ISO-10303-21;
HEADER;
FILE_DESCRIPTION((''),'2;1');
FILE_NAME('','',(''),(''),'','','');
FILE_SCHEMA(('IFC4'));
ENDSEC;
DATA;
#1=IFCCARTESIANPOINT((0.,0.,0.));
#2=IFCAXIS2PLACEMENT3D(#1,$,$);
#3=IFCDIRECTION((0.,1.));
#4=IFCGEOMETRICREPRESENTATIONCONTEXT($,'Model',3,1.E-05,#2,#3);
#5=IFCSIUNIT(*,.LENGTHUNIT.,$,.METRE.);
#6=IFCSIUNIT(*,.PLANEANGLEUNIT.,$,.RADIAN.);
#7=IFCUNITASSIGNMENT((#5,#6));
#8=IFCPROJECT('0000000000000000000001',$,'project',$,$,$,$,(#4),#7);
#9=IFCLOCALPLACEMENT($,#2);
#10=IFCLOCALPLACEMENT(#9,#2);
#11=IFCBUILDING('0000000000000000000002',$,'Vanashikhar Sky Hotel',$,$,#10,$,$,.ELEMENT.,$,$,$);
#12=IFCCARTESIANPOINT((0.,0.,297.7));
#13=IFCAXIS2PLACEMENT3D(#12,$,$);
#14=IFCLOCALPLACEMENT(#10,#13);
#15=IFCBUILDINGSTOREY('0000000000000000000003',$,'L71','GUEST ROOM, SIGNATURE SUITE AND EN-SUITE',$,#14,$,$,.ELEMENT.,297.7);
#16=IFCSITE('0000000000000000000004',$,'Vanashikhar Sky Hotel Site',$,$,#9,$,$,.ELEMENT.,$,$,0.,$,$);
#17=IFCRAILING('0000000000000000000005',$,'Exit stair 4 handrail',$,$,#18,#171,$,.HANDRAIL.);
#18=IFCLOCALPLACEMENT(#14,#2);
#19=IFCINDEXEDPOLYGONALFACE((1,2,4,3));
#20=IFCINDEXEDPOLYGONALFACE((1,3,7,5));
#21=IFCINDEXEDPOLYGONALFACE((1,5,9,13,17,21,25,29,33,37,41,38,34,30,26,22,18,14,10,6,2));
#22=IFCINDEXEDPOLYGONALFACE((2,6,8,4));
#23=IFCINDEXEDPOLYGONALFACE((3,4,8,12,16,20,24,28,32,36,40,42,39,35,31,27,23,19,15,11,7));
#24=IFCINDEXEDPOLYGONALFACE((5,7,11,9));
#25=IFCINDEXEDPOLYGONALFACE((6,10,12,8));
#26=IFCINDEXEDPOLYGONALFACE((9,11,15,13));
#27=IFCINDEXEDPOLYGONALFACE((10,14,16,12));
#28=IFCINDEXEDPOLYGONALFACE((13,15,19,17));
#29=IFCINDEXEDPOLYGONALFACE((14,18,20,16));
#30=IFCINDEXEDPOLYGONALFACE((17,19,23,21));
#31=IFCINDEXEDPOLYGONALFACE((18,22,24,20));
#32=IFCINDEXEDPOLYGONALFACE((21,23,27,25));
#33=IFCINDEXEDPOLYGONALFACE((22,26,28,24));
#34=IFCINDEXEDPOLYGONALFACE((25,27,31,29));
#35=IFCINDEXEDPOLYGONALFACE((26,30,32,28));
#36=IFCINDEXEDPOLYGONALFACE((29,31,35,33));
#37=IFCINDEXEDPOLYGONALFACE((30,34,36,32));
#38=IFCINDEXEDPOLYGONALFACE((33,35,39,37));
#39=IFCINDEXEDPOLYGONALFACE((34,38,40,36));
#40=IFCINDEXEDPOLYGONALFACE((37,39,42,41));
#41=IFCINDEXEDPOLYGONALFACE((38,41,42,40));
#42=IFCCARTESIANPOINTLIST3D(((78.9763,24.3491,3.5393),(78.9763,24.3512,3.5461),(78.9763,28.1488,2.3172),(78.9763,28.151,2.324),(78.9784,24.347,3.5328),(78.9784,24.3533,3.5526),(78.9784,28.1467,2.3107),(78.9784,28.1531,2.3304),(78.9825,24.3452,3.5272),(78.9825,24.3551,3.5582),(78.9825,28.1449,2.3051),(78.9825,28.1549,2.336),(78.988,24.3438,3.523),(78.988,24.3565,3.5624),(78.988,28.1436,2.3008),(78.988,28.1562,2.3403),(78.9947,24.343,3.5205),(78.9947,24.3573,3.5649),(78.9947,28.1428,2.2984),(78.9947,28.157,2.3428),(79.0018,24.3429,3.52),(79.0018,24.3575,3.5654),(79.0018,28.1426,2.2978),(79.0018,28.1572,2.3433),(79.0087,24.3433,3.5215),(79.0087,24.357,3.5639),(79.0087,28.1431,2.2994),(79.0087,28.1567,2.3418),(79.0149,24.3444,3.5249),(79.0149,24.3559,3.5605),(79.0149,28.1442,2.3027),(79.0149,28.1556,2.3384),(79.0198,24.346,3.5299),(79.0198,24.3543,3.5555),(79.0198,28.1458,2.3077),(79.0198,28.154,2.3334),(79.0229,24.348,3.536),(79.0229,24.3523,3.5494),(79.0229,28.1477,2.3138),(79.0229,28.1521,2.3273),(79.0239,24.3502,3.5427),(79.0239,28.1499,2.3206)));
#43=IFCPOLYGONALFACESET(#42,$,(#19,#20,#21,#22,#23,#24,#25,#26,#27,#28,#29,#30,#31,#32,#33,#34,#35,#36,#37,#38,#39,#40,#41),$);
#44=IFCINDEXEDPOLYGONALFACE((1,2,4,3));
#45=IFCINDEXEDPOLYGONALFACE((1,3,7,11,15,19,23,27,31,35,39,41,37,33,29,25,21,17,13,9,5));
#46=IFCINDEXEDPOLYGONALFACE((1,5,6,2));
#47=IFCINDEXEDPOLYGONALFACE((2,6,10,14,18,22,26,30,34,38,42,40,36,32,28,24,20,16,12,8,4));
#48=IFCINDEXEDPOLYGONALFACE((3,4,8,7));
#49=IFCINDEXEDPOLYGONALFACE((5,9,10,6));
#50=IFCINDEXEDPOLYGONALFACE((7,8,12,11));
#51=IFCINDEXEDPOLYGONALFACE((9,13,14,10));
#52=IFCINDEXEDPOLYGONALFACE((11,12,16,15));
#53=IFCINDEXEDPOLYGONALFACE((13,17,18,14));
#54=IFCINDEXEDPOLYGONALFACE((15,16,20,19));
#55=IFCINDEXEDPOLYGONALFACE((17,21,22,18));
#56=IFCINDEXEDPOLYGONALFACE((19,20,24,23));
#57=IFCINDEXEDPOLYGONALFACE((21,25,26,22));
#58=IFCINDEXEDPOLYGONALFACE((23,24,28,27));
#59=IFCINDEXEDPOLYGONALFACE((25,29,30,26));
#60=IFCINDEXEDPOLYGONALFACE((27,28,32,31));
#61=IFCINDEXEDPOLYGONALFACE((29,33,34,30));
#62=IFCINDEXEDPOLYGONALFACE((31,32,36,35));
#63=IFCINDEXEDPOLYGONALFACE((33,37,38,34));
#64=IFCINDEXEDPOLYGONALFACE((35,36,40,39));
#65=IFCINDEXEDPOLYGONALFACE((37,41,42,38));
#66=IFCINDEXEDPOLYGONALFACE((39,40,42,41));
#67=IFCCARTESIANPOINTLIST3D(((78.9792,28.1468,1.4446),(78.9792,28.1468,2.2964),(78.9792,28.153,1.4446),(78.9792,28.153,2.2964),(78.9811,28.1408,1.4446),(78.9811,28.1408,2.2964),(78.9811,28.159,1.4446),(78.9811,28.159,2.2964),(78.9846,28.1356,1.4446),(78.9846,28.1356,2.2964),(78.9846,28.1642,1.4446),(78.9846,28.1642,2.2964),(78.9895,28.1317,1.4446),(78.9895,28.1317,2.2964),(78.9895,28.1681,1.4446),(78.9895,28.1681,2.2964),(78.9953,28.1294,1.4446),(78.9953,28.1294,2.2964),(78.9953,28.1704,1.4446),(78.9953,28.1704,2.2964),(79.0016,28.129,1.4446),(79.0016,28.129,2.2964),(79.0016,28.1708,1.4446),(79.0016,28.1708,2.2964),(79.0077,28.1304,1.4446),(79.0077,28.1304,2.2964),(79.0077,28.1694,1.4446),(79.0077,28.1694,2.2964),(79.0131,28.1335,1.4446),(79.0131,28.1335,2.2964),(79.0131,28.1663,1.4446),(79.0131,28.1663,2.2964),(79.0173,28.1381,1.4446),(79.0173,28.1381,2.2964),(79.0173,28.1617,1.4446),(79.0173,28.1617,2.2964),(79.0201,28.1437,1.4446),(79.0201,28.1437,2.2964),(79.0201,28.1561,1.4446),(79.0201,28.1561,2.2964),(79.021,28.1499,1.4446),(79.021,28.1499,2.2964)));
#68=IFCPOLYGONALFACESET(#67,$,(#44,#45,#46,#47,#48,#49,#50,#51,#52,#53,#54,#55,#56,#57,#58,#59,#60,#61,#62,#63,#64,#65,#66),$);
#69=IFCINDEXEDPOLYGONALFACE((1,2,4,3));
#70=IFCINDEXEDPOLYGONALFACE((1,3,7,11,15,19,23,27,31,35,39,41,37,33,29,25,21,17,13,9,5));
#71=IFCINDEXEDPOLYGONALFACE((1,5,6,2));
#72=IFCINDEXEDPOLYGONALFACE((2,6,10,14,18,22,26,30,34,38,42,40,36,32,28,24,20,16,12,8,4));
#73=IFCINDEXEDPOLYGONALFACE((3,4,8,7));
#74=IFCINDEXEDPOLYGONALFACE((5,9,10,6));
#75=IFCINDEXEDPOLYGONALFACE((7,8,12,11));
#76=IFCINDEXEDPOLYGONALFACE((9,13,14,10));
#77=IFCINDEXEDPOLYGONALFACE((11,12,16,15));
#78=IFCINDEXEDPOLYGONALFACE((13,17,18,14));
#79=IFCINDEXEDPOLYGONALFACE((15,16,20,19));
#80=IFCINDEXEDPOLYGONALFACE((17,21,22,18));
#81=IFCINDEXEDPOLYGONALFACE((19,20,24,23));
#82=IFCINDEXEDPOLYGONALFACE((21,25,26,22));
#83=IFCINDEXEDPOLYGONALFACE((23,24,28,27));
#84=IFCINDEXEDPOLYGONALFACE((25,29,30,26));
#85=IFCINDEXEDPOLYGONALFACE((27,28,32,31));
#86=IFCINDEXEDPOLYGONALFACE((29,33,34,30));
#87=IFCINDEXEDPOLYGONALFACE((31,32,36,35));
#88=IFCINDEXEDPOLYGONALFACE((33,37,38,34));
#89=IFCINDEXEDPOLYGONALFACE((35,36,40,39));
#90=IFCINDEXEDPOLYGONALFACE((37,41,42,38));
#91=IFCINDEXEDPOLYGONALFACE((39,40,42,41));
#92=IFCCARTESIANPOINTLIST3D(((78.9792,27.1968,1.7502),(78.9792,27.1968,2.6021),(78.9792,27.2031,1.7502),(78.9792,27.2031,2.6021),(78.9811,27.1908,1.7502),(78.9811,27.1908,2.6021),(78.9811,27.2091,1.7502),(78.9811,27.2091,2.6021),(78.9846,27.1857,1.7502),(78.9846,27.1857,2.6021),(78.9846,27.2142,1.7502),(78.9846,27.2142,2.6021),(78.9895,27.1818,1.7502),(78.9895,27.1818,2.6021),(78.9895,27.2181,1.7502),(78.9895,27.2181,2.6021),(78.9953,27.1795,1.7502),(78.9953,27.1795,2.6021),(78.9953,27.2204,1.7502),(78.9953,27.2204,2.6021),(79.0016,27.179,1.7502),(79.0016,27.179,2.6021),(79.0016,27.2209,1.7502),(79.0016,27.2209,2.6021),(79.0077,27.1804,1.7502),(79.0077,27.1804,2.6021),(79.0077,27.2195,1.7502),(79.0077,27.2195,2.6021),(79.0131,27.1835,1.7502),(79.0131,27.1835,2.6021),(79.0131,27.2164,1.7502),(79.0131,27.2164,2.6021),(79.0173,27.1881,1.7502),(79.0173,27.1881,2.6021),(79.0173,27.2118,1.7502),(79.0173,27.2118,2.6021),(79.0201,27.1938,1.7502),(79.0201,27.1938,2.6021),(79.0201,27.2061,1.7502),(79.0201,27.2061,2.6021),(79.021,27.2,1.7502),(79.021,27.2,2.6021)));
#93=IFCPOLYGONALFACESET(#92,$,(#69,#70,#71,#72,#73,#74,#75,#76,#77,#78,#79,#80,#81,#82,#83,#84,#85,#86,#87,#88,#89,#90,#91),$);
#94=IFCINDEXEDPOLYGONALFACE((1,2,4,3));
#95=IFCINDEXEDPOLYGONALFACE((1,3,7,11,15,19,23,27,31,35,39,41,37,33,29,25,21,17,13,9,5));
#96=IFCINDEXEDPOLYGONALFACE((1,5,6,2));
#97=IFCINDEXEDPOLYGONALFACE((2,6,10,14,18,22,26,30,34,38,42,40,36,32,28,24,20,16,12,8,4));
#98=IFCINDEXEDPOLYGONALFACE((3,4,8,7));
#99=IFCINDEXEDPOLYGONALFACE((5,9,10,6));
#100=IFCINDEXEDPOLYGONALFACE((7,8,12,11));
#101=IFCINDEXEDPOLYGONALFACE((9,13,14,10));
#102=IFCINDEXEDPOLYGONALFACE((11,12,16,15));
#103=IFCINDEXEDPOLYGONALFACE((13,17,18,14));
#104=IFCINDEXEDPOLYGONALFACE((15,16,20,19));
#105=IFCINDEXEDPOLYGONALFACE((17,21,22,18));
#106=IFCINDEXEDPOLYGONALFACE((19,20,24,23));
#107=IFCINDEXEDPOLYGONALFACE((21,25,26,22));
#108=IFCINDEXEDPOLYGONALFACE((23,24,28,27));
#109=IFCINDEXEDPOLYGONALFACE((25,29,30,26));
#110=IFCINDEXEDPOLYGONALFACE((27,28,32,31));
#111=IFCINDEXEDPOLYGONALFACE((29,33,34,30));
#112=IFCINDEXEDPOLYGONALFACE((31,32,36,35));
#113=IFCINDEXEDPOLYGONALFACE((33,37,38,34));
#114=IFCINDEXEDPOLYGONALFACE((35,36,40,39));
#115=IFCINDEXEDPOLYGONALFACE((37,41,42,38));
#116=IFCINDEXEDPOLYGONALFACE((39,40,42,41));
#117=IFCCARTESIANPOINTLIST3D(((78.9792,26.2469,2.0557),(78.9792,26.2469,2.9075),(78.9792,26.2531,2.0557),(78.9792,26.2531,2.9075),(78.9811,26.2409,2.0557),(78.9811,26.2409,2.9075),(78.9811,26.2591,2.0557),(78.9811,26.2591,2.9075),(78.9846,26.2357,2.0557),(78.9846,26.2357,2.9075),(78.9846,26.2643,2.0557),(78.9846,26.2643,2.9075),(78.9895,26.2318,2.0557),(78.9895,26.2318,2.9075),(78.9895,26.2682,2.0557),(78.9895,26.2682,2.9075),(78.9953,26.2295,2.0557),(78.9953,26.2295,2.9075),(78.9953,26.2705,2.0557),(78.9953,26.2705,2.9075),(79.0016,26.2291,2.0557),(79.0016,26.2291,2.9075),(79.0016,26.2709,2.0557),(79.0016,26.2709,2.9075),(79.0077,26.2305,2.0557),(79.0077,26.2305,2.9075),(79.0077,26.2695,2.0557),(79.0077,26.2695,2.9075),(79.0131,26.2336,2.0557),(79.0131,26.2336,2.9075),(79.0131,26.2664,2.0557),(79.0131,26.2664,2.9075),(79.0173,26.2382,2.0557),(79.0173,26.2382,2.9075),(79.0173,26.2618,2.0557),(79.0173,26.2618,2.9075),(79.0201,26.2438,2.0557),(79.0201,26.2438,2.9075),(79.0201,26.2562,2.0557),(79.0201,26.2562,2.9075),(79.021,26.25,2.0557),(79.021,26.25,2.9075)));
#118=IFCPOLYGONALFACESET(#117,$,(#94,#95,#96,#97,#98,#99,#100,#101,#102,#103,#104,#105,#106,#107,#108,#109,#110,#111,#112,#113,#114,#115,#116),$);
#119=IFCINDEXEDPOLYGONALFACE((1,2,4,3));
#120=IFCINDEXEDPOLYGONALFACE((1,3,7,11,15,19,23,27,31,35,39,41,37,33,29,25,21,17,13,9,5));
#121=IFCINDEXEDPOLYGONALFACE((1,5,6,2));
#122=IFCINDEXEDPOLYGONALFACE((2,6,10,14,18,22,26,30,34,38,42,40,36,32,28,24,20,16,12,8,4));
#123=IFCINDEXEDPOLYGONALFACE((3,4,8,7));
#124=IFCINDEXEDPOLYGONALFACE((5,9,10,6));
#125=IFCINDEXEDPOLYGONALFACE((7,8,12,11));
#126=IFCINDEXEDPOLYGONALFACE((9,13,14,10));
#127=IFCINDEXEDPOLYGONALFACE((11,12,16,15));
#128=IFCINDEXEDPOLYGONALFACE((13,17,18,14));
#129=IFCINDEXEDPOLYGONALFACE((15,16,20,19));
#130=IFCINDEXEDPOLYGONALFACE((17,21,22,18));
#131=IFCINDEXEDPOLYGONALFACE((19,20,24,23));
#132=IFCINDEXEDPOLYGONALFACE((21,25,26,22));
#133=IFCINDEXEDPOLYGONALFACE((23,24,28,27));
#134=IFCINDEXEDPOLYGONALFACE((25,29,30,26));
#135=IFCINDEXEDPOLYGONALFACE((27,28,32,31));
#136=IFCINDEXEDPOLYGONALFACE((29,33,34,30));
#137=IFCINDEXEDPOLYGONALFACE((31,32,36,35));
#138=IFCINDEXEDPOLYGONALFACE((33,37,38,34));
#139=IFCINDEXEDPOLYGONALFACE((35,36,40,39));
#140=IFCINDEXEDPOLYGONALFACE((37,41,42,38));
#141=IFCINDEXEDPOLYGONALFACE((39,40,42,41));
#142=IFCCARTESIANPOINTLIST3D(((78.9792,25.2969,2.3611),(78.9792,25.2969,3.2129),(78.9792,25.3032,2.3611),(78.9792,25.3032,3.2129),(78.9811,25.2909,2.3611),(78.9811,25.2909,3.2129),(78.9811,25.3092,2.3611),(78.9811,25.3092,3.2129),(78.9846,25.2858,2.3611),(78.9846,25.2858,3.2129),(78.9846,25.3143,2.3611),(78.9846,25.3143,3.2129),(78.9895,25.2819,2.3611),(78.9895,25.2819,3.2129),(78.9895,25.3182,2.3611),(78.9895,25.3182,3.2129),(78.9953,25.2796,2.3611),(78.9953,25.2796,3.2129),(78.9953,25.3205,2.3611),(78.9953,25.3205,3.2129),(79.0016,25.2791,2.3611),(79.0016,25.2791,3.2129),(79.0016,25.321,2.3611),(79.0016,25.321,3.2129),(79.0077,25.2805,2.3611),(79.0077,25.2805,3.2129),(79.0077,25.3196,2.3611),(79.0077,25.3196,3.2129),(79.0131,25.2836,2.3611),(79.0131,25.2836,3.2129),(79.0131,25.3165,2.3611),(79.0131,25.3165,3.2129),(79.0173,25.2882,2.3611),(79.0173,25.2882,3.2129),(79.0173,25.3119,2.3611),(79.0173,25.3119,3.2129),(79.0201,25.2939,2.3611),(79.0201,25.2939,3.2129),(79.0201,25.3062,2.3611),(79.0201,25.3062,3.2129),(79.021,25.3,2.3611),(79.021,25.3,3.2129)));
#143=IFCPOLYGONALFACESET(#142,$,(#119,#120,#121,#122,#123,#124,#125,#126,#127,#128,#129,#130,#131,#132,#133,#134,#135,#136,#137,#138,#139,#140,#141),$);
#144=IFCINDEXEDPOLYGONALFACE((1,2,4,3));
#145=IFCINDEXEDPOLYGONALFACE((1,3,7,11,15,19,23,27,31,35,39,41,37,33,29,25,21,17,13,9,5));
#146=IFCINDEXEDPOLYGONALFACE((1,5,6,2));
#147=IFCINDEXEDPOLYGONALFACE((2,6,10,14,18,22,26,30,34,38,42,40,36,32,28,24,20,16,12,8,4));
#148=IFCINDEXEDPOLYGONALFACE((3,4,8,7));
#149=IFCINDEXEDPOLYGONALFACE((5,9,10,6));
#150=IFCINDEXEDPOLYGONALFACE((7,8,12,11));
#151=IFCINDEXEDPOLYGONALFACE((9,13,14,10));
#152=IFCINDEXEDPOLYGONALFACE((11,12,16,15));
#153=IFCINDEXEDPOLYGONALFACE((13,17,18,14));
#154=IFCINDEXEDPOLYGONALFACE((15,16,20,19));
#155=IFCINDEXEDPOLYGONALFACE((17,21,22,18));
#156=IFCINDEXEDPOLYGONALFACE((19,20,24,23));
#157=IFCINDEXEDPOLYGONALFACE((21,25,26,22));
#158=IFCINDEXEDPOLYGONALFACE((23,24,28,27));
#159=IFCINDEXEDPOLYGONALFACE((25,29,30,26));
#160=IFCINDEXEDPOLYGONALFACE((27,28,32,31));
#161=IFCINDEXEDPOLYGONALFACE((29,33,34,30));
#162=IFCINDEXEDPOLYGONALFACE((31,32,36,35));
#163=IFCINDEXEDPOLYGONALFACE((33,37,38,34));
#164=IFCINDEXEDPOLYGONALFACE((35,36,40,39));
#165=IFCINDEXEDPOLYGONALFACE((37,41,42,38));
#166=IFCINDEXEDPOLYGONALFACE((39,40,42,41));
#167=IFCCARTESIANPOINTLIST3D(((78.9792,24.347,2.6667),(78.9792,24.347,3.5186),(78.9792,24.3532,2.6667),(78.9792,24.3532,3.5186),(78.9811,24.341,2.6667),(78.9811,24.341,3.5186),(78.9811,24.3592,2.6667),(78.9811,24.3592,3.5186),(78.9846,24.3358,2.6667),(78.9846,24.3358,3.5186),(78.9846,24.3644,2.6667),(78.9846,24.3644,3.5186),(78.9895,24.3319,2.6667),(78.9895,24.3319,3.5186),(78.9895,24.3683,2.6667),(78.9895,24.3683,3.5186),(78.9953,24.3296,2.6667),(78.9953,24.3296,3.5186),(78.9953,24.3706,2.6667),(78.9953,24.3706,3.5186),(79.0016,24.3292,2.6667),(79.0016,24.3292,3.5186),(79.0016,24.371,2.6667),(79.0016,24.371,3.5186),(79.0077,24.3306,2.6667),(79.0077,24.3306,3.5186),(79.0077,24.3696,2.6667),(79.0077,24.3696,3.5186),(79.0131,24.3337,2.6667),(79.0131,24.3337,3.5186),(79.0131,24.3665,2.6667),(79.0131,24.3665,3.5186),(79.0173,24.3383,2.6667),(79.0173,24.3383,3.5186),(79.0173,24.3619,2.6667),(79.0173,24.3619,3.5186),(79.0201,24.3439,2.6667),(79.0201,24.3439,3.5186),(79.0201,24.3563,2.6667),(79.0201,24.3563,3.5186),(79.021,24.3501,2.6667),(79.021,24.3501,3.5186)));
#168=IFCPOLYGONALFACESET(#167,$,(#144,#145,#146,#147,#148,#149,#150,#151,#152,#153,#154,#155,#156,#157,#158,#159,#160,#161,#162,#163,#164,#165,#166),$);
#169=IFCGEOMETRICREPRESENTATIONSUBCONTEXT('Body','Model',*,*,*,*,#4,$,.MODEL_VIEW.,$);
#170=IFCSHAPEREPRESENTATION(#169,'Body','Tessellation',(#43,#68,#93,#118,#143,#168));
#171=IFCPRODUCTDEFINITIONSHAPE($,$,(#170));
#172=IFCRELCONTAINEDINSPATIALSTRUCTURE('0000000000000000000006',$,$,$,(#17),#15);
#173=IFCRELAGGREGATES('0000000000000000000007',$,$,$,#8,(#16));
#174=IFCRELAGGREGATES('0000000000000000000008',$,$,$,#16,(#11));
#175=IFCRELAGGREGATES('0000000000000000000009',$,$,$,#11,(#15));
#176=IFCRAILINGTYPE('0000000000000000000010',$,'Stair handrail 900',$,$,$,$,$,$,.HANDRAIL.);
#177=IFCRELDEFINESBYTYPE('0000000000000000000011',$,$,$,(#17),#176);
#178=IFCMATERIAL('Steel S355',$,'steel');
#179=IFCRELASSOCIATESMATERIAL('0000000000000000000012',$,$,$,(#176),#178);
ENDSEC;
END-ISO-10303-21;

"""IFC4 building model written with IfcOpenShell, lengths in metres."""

from ifc_helpers import new_model, si_unit, direction, frame, origin, origin_2d, place, context, subcontext, project, spatial, circle, extrude, source, transform, mapped, material, type_object, element, save


model = new_model("IFC4")

# Units and contexts
model_context = context("Model", 3, precision=1e-05, world=origin(), true_north=direction((0.0, 1.0)))
body_context = subcontext(model_context, "Body", "Model", "MODEL_VIEW")
ifc_project = project(units=[si_unit("LENGTHUNIT", "METRE"), si_unit("PLANEANGLEUNIT", "RADIAN")], contexts=[model_context])

# Site, building, storey
site_placement = place(None, origin())
site = spatial("IfcSite", under=ifc_project, at=site_placement, Name="Vanashikhar Sky Hotel Site", CompositionType="ELEMENT", RefElevation=0.0)
building_placement = place(site_placement, origin())
building = spatial("IfcBuilding", under=site, at=building_placement, Name="Vanashikhar Sky Hotel", CompositionType="ELEMENT")
storey_placement = place(building_placement, frame((0.0, 0.0, 297.7)))
storey = spatial("IfcBuildingStorey", under=building, at=storey_placement, Name="L71", Description="GUEST ROOM, SIGNATURE SUITE AND EN-SUITE", CompositionType="ELEMENT", Elevation=297.7)

# Railing
ifc_material_1 = material(Name="Steel S355", Category="steel")
railing_type_1 = type_object("IfcRailingType", Name="Stair handrail 900", PredefinedType="HANDRAIL", material=ifc_material_1)
shared_shape_1 = source(origin(), body_context, "Body", "SweptSolid", [
    extrude(circle(Radius=0.0239, at=origin_2d()), frame((0.0, 0.0, 0.876), z_axis=(0.0, -0.95197, 0.306191), x_axis=(1.0, 0.0, 0.0)), (0.0, 0.0, 1.0), 3.9915),
    extrude(circle(Radius=0.021, at=origin_2d()), origin(), (0.0, 0.0, 1.0), 0.8518),
    extrude(circle(Radius=0.021, at=origin_2d()), frame((0.0, -0.95, 0.3057)), (0.0, 0.0, 1.0), 0.8518),
    extrude(circle(Radius=0.021, at=origin_2d()), frame((0.0, -1.8999, 0.6111)), (0.0, 0.0, 1.0), 0.8518),
    extrude(circle(Radius=0.021, at=origin_2d()), frame((0.0, -2.8499, 0.9165)), (0.0, 0.0, 1.0), 0.8518),
    extrude(circle(Radius=0.021, at=origin_2d()), frame((0.0, -3.7998, 1.2222)), (0.0, 0.0, 1.0), 0.8518),
])
railing_1_placement = place(storey_placement, frame((79.0, 28.1499, 1.4446)))
element("IfcRailing", 1, at=railing_1_placement, inside=storey, type_object=railing_type_1, Name="Exit stair 4 handrail", PredefinedType="HANDRAIL", context=body_context, shape_type="MappedRepresentation", body=[
    mapped(shared_shape_1, transform((0.0, 0.0, 0.0), scale=1.0)),
])

save(model, "model.ifc")
